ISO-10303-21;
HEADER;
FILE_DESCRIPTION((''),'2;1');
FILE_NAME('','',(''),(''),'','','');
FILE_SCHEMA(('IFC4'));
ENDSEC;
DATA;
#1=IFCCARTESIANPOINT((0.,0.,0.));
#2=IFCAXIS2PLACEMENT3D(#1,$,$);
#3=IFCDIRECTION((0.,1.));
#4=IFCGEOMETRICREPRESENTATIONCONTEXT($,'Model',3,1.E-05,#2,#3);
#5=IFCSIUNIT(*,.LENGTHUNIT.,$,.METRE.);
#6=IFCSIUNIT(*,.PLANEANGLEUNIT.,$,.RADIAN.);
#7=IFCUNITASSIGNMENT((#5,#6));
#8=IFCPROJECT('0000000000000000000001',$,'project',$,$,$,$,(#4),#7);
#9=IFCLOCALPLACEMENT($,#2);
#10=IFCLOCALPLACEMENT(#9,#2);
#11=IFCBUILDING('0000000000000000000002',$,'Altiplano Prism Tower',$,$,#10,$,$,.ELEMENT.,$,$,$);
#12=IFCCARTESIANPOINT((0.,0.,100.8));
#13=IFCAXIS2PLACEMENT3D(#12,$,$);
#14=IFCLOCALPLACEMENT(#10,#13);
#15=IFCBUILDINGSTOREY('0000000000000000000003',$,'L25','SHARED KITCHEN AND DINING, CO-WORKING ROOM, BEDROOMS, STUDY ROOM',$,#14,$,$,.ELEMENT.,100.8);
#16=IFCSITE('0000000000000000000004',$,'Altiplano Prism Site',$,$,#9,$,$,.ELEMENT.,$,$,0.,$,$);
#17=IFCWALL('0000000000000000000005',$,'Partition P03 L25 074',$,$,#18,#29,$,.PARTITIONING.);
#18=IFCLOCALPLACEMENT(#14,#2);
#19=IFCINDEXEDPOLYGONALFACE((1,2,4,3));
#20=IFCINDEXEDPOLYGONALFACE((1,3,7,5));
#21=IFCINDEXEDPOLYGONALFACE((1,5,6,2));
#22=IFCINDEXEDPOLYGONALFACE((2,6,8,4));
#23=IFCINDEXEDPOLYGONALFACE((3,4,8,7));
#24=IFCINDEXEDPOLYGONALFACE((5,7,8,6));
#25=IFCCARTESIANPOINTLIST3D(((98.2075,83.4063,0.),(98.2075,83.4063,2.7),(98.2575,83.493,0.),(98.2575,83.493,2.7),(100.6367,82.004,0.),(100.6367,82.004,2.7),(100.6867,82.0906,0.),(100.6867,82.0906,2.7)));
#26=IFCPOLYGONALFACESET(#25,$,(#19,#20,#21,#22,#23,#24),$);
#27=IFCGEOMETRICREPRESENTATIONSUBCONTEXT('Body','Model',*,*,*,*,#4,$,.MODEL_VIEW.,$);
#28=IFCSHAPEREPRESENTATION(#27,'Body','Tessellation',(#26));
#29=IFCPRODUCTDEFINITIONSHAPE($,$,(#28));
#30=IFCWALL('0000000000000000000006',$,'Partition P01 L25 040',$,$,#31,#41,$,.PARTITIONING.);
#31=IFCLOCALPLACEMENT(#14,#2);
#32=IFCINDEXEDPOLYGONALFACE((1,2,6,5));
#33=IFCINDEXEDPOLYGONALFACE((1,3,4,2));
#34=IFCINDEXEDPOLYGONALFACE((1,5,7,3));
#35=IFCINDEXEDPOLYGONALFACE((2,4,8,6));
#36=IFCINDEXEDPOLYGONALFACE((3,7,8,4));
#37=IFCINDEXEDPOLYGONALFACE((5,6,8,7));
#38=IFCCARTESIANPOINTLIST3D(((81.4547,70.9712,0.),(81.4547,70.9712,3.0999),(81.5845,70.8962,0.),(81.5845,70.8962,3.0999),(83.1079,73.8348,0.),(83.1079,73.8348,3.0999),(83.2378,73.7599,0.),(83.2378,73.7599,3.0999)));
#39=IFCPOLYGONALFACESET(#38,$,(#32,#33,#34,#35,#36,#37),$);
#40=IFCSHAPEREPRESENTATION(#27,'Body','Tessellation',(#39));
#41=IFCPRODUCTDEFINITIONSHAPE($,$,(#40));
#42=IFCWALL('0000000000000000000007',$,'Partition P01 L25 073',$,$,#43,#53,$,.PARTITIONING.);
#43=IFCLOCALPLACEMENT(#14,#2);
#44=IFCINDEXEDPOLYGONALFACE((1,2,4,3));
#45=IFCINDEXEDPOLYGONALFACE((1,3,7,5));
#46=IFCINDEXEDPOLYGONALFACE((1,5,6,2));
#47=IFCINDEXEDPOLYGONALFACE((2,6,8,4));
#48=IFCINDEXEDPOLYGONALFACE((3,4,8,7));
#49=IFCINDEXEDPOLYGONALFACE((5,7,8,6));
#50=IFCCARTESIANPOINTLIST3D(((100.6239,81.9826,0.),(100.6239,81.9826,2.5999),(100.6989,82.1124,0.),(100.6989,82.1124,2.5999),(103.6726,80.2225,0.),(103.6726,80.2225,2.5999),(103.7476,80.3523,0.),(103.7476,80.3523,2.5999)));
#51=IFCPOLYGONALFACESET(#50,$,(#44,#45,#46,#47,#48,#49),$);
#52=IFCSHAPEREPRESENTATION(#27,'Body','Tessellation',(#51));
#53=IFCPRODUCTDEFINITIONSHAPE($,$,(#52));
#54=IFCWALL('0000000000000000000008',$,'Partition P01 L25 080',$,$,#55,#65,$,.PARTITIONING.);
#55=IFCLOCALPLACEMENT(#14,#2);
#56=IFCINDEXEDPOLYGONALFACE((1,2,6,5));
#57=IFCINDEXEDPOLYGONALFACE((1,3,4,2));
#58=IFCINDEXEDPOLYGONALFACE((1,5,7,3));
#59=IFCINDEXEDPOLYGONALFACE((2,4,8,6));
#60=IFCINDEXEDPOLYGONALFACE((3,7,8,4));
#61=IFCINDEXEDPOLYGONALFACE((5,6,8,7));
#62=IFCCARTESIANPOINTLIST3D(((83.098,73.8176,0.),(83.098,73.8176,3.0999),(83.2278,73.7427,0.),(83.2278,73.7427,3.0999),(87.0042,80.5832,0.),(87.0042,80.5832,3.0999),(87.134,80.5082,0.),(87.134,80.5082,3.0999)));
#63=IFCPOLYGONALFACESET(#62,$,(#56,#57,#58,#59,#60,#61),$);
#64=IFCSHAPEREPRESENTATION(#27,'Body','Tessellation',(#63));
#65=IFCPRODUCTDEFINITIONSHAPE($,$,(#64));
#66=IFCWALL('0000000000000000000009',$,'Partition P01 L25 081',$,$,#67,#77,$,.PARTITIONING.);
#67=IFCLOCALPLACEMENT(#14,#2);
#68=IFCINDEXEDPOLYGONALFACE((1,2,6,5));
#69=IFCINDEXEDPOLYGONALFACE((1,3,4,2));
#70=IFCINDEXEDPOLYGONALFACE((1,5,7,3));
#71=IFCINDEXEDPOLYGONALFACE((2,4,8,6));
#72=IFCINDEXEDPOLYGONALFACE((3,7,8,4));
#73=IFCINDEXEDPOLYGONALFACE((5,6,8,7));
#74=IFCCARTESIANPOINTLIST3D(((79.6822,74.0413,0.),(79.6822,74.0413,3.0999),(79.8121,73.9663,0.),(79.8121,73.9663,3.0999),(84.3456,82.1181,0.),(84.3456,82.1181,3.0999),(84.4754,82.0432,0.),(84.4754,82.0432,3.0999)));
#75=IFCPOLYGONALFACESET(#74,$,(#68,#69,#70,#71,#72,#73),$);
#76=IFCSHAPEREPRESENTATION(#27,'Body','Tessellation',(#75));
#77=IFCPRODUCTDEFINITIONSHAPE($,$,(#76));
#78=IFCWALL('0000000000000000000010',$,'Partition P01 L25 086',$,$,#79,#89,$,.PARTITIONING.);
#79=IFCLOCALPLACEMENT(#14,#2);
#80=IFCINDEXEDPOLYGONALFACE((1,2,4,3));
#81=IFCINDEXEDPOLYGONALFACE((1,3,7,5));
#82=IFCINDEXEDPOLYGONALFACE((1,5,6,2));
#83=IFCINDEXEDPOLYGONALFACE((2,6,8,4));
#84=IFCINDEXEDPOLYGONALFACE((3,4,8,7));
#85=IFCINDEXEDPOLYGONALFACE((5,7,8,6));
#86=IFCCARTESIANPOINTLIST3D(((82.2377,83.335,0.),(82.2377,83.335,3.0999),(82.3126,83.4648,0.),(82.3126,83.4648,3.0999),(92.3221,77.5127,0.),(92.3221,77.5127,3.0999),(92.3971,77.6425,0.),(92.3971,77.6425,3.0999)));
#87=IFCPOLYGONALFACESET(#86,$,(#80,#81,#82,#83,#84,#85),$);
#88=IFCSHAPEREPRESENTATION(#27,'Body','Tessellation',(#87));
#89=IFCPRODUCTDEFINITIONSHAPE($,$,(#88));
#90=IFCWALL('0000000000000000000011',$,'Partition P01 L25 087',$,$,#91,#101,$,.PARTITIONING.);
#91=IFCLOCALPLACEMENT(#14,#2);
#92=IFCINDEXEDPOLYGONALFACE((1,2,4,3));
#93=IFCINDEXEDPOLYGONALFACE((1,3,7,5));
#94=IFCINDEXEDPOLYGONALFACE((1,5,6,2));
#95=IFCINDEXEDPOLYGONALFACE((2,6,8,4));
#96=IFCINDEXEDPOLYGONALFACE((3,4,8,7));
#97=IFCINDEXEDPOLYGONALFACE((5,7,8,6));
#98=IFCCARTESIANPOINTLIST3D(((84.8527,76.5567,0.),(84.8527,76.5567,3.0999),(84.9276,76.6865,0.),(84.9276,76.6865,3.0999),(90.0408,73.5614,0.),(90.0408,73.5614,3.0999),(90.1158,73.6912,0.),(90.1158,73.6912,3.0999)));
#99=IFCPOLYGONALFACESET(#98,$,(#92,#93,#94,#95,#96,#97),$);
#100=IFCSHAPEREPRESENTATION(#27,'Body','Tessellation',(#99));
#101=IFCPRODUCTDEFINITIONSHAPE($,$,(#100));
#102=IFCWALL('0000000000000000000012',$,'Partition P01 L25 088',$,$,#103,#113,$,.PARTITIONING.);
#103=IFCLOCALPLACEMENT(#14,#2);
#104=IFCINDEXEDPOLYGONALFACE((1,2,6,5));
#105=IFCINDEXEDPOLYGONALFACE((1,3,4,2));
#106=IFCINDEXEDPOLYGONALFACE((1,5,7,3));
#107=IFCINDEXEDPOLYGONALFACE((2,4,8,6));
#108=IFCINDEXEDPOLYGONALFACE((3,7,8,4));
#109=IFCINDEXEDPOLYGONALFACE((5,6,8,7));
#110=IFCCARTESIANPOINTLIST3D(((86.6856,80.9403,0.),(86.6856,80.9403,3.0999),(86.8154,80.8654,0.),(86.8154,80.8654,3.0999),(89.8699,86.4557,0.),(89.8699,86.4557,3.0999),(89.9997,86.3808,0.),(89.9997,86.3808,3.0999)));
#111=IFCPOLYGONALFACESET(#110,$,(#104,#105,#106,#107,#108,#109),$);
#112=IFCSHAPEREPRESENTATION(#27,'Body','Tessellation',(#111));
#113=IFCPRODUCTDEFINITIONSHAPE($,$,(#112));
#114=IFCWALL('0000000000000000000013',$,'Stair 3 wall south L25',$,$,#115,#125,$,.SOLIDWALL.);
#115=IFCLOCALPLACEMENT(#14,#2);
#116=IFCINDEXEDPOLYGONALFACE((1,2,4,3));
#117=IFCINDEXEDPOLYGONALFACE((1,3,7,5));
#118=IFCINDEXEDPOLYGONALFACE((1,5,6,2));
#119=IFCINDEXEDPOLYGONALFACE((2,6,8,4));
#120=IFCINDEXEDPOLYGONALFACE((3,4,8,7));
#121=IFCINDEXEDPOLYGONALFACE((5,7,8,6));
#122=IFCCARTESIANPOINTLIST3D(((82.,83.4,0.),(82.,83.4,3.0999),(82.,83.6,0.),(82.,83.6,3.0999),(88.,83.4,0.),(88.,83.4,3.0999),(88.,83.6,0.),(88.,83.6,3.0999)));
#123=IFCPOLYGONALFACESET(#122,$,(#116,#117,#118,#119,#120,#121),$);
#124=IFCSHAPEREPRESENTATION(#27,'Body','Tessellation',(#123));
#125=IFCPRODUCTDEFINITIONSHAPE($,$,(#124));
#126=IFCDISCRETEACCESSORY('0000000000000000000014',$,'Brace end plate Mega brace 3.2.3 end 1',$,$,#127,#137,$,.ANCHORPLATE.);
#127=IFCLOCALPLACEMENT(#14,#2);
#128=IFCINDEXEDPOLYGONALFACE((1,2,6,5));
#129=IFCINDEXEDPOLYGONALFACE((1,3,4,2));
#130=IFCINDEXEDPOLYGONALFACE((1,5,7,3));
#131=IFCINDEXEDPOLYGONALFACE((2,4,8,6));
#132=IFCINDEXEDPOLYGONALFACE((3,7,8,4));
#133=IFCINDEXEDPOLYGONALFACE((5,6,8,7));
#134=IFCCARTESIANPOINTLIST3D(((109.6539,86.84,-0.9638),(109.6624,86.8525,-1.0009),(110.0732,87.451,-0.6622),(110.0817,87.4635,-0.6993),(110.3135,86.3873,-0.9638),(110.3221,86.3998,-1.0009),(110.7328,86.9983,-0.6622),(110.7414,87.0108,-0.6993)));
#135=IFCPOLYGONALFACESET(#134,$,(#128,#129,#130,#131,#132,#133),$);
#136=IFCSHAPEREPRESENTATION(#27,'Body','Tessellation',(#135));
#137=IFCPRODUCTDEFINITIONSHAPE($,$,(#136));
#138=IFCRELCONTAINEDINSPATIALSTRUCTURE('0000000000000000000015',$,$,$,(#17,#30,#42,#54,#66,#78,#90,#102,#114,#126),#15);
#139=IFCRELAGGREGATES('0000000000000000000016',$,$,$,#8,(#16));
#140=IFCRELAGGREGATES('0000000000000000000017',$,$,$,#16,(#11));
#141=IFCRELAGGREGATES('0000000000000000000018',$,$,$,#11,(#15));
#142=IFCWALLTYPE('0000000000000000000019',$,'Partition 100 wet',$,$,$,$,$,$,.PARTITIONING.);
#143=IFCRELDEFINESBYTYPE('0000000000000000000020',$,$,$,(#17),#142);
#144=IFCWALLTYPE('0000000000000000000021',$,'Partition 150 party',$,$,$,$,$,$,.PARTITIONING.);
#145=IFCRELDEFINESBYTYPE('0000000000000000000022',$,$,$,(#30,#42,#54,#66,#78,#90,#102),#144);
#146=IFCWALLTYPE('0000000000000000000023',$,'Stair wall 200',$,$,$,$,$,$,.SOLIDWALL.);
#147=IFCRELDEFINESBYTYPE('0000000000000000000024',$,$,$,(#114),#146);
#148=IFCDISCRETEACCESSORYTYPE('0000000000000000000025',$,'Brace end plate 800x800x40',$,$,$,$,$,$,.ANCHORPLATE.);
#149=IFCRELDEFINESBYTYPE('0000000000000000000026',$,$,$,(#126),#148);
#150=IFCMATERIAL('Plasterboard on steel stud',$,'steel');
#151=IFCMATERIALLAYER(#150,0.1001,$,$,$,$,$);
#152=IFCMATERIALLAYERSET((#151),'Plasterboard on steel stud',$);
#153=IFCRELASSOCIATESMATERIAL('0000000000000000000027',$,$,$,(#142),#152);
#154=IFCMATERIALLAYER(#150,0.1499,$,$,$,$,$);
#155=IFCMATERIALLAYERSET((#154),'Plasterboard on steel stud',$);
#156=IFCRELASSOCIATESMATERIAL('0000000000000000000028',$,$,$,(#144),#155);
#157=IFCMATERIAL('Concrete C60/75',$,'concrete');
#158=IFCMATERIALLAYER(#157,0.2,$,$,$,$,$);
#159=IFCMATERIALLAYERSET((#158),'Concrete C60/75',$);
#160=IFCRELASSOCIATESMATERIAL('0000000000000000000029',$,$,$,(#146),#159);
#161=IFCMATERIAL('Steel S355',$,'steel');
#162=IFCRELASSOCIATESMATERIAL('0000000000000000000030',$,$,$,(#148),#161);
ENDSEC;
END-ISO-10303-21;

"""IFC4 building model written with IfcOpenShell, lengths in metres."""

from ifc_helpers import new_model, si_unit, direction, frame, frame_2d, origin, origin_2d, place, context, subcontext, project, spatial, rectangle, extrude, material, layer, layer_set, material_profile, profile_set, type_object, element, save


model = new_model("IFC4")

# Units and contexts
model_context = context("Model", 3, precision=1e-05, world=origin(), true_north=direction((0.0, 1.0)))
body_context = subcontext(model_context, "Body", "Model", "MODEL_VIEW")
ifc_project = project(units=[si_unit("LENGTHUNIT", "METRE"), si_unit("PLANEANGLEUNIT", "RADIAN")], contexts=[model_context])

# Site, building, storey
site_placement = place(None, origin())
site = spatial("IfcSite", under=ifc_project, at=site_placement, Name="Altiplano Prism Site", CompositionType="ELEMENT", RefElevation=0.0)
building_placement = place(site_placement, origin())
building = spatial("IfcBuilding", under=site, at=building_placement, Name="Altiplano Prism Tower", CompositionType="ELEMENT")
storey_placement = place(building_placement, frame((0.0, 0.0, 100.8)))
storey = spatial("IfcBuildingStorey", under=building, at=storey_placement, Name="L25", Description="SHARED KITCHEN AND DINING, CO-WORKING ROOM, BEDROOMS, STUDY ROOM", CompositionType="ELEMENT", Elevation=100.8)

# Shared definitions
ifc_material_1 = material(Name="Concrete C60/75", Category="concrete")

# Shared definitions
ifc_material_2 = material(Name="Steel S355", Category="steel")

# Shared definitions
ifc_material_3 = material(Name="Plasterboard on steel stud", Category="steel")

# Walls
ifc_layer_1 = layer(ifc_material_3, 0.1001)
ifc_layer_set_1 = layer_set([ifc_layer_1], Name="Plasterboard on steel stud")
wall_type_1 = type_object("IfcWallType", Name="Partition 100 wet", PredefinedType="PARTITIONING", material=ifc_layer_set_1)
wall_1_placement = place(storey_placement, frame((100.6616, 82.0474, 0.0), z_axis=(0.0, 0.0, 1.0), x_axis=(-0.866049, 0.499959, 0.0)))
element("IfcWall", 1, at=wall_1_placement, inside=storey, type_object=wall_type_1, Name="Partition P03 L25 074", PredefinedType="PARTITIONING", context=body_context, shape_type="SweptSolid", body=[
    extrude(rectangle(XDim=2.8049, YDim=0.1001, at=frame_2d((1.4023, 0.0))), origin(), (0.0, 0.0, 1.0), 2.7),
])
ifc_layer_2 = layer(ifc_material_3, 0.1499)
ifc_layer_set_2 = layer_set([ifc_layer_2], Name="Plasterboard on steel stud")
wall_type_2 = type_object("IfcWallType", Name="Partition 150 party", PredefinedType="PARTITIONING", material=ifc_layer_set_2)
wall_2_placement = place(storey_placement, frame((83.1729, 73.7974, 0.0), z_axis=(0.0, 0.0, 1.0), x_axis=(-0.499982, -0.866036, 0.0)))
element("IfcWall", 2, at=wall_2_placement, inside=storey, type_object=wall_type_2, Name="Partition P01 L25 040", PredefinedType="PARTITIONING", context=body_context, shape_type="SweptSolid", body=[
    extrude(rectangle(XDim=3.3066, YDim=0.1499, at=frame_2d((1.6533, 0.0))), origin(), (0.0, 0.0, 1.0), 3.0999),
])
wall_3_placement = place(storey_placement, frame((103.7102, 80.2874, 0.0), z_axis=(0.0, 0.0, 1.0), x_axis=(-0.866037, 0.499981, 0.0)))
element("IfcWall", 3, at=wall_3_placement, inside=storey, type_object=wall_type_2, Name="Partition P01 L25 073", PredefinedType="PARTITIONING", context=body_context, shape_type="SweptSolid", body=[
    extrude(rectangle(XDim=3.5203, YDim=0.1499, at=frame_2d((1.7603, 0.0))), origin(), (0.0, 0.0, 1.0), 2.5999),
])
wall_4_placement = place(storey_placement, frame((83.1628, 73.78, 0.0), z_axis=(0.0, 0.0, 1.0), x_axis=(0.500011, 0.866019, 0.0)))
element("IfcWall", 4, at=wall_4_placement, inside=storey, type_object=wall_type_2, Name="Partition P01 L25 080", PredefinedType="PARTITIONING", context=body_context, shape_type="SweptSolid", body=[
    extrude(rectangle(XDim=7.8123, YDim=0.1499, at=frame_2d((3.9062, 0.0))), origin(), (0.0, 0.0, 1.0), 3.0999),
])
wall_5_placement = place(storey_placement, frame((84.4104, 82.0806, 0.0), z_axis=(0.0, 0.0, 1.0), x_axis=(-0.50001, -0.866019, 0.0)))
element("IfcWall", 5, at=wall_5_placement, inside=storey, type_object=wall_type_2, Name="Partition P01 L25 081", PredefinedType="PARTITIONING", context=body_context, shape_type="SweptSolid", body=[
    extrude(rectangle(XDim=9.3264, YDim=0.1499, at=frame_2d((4.6631, 0.0))), origin(), (0.0, 0.0, 1.0), 3.0999),
])
wall_6_placement = place(storey_placement, frame((92.3596, 77.5776, 0.0), z_axis=(0.0, 0.0, 1.0), x_axis=(-0.866026, 0.5, 0.0)))
element("IfcWall", 6, at=wall_6_placement, inside=storey, type_object=wall_type_2, Name="Partition P01 L25 086", PredefinedType="PARTITIONING", context=body_context, shape_type="SweptSolid", body=[
    extrude(rectangle(XDim=11.6445, YDim=0.1499, at=frame_2d((5.8223, 0.0))), origin(), (0.0, 0.0, 1.0), 3.0999),
])
wall_7_placement = place(storey_placement, frame((84.8901, 76.6216, 0.0), z_axis=(0.0, 0.0, 1.0), x_axis=(0.86603, -0.499992, 0.0)))
element("IfcWall", 7, at=wall_7_placement, inside=storey, type_object=wall_type_2, Name="Partition P01 L25 087", PredefinedType="PARTITIONING", context=body_context, shape_type="SweptSolid", body=[
    extrude(rectangle(XDim=5.9907, YDim=0.1499, at=frame_2d((2.9954, 0.0))), origin(), (0.0, 0.0, 1.0), 3.0999),
])
wall_8_placement = place(storey_placement, frame((86.7505, 80.9028, 0.0), z_axis=(0.0, 0.0, 1.0), x_axis=(0.500002, 0.866024, 0.0)))
element("IfcWall", 8, at=wall_8_placement, inside=storey, type_object=wall_type_2, Name="Partition P01 L25 088", PredefinedType="PARTITIONING", context=body_context, shape_type="SweptSolid", body=[
    extrude(rectangle(XDim=6.3687, YDim=0.1499, at=frame_2d((3.1843, 0.0))), origin(), (0.0, 0.0, 1.0), 3.0999),
])
ifc_layer_3 = layer(ifc_material_1, 0.2)
ifc_layer_set_3 = layer_set([ifc_layer_3], Name="Concrete C60/75")
wall_type_3 = type_object("IfcWallType", Name="Stair wall 200", PredefinedType="SOLIDWALL", material=ifc_layer_set_3)
wall_9_placement = place(storey_placement, frame((82.0, 83.5, 0.0), z_axis=(0.0, 0.0, 1.0), x_axis=(1.0, 0.0, 0.0)))
element("IfcWall", 9, at=wall_9_placement, inside=storey, type_object=wall_type_3, Name="Stair 3 wall south L25", PredefinedType="SOLIDWALL", context=body_context, shape_type="SweptSolid", body=[
    extrude(rectangle(XDim=6.0, YDim=0.2, at=frame_2d((3.0, 0.0))), origin(), (0.0, 0.0, 1.0), 3.0999),
])

# Discrete accessory
ifc_material_profile_1 = material_profile(ifc_material_2, rectangle(XDim=0.8, YDim=0.8, at=origin_2d()), Name="Brace end plate 800x800x40")
ifc_profile_set_1 = profile_set([ifc_material_profile_1], Name="Steel S355")
discrete_accessory_type = type_object("IfcDiscreteAccessoryType", Name="Brace end plate 800x800x40", PredefinedType="ANCHORPLATE", material=ifc_profile_set_1)
discrete_accessory_placement = place(storey_placement, frame((110.2019, 86.9316, -0.8501), z_axis=(-0.21328, -0.310779, 0.926244), x_axis=(0.824513, -0.565842, 0.0)))
element("IfcDiscreteAccessory", 10, at=discrete_accessory_placement, inside=storey, type_object=discrete_accessory_type, Name="Brace end plate Mega brace 3.2.3 end 1", PredefinedType="ANCHORPLATE", context=body_context, shape_type="SweptSolid", body=[
    extrude(rectangle(XDim=0.8, YDim=0.8, at=origin_2d()), origin(), (0.0, 0.0, 1.0), 0.04),
])

save(model, "model.ifc")
